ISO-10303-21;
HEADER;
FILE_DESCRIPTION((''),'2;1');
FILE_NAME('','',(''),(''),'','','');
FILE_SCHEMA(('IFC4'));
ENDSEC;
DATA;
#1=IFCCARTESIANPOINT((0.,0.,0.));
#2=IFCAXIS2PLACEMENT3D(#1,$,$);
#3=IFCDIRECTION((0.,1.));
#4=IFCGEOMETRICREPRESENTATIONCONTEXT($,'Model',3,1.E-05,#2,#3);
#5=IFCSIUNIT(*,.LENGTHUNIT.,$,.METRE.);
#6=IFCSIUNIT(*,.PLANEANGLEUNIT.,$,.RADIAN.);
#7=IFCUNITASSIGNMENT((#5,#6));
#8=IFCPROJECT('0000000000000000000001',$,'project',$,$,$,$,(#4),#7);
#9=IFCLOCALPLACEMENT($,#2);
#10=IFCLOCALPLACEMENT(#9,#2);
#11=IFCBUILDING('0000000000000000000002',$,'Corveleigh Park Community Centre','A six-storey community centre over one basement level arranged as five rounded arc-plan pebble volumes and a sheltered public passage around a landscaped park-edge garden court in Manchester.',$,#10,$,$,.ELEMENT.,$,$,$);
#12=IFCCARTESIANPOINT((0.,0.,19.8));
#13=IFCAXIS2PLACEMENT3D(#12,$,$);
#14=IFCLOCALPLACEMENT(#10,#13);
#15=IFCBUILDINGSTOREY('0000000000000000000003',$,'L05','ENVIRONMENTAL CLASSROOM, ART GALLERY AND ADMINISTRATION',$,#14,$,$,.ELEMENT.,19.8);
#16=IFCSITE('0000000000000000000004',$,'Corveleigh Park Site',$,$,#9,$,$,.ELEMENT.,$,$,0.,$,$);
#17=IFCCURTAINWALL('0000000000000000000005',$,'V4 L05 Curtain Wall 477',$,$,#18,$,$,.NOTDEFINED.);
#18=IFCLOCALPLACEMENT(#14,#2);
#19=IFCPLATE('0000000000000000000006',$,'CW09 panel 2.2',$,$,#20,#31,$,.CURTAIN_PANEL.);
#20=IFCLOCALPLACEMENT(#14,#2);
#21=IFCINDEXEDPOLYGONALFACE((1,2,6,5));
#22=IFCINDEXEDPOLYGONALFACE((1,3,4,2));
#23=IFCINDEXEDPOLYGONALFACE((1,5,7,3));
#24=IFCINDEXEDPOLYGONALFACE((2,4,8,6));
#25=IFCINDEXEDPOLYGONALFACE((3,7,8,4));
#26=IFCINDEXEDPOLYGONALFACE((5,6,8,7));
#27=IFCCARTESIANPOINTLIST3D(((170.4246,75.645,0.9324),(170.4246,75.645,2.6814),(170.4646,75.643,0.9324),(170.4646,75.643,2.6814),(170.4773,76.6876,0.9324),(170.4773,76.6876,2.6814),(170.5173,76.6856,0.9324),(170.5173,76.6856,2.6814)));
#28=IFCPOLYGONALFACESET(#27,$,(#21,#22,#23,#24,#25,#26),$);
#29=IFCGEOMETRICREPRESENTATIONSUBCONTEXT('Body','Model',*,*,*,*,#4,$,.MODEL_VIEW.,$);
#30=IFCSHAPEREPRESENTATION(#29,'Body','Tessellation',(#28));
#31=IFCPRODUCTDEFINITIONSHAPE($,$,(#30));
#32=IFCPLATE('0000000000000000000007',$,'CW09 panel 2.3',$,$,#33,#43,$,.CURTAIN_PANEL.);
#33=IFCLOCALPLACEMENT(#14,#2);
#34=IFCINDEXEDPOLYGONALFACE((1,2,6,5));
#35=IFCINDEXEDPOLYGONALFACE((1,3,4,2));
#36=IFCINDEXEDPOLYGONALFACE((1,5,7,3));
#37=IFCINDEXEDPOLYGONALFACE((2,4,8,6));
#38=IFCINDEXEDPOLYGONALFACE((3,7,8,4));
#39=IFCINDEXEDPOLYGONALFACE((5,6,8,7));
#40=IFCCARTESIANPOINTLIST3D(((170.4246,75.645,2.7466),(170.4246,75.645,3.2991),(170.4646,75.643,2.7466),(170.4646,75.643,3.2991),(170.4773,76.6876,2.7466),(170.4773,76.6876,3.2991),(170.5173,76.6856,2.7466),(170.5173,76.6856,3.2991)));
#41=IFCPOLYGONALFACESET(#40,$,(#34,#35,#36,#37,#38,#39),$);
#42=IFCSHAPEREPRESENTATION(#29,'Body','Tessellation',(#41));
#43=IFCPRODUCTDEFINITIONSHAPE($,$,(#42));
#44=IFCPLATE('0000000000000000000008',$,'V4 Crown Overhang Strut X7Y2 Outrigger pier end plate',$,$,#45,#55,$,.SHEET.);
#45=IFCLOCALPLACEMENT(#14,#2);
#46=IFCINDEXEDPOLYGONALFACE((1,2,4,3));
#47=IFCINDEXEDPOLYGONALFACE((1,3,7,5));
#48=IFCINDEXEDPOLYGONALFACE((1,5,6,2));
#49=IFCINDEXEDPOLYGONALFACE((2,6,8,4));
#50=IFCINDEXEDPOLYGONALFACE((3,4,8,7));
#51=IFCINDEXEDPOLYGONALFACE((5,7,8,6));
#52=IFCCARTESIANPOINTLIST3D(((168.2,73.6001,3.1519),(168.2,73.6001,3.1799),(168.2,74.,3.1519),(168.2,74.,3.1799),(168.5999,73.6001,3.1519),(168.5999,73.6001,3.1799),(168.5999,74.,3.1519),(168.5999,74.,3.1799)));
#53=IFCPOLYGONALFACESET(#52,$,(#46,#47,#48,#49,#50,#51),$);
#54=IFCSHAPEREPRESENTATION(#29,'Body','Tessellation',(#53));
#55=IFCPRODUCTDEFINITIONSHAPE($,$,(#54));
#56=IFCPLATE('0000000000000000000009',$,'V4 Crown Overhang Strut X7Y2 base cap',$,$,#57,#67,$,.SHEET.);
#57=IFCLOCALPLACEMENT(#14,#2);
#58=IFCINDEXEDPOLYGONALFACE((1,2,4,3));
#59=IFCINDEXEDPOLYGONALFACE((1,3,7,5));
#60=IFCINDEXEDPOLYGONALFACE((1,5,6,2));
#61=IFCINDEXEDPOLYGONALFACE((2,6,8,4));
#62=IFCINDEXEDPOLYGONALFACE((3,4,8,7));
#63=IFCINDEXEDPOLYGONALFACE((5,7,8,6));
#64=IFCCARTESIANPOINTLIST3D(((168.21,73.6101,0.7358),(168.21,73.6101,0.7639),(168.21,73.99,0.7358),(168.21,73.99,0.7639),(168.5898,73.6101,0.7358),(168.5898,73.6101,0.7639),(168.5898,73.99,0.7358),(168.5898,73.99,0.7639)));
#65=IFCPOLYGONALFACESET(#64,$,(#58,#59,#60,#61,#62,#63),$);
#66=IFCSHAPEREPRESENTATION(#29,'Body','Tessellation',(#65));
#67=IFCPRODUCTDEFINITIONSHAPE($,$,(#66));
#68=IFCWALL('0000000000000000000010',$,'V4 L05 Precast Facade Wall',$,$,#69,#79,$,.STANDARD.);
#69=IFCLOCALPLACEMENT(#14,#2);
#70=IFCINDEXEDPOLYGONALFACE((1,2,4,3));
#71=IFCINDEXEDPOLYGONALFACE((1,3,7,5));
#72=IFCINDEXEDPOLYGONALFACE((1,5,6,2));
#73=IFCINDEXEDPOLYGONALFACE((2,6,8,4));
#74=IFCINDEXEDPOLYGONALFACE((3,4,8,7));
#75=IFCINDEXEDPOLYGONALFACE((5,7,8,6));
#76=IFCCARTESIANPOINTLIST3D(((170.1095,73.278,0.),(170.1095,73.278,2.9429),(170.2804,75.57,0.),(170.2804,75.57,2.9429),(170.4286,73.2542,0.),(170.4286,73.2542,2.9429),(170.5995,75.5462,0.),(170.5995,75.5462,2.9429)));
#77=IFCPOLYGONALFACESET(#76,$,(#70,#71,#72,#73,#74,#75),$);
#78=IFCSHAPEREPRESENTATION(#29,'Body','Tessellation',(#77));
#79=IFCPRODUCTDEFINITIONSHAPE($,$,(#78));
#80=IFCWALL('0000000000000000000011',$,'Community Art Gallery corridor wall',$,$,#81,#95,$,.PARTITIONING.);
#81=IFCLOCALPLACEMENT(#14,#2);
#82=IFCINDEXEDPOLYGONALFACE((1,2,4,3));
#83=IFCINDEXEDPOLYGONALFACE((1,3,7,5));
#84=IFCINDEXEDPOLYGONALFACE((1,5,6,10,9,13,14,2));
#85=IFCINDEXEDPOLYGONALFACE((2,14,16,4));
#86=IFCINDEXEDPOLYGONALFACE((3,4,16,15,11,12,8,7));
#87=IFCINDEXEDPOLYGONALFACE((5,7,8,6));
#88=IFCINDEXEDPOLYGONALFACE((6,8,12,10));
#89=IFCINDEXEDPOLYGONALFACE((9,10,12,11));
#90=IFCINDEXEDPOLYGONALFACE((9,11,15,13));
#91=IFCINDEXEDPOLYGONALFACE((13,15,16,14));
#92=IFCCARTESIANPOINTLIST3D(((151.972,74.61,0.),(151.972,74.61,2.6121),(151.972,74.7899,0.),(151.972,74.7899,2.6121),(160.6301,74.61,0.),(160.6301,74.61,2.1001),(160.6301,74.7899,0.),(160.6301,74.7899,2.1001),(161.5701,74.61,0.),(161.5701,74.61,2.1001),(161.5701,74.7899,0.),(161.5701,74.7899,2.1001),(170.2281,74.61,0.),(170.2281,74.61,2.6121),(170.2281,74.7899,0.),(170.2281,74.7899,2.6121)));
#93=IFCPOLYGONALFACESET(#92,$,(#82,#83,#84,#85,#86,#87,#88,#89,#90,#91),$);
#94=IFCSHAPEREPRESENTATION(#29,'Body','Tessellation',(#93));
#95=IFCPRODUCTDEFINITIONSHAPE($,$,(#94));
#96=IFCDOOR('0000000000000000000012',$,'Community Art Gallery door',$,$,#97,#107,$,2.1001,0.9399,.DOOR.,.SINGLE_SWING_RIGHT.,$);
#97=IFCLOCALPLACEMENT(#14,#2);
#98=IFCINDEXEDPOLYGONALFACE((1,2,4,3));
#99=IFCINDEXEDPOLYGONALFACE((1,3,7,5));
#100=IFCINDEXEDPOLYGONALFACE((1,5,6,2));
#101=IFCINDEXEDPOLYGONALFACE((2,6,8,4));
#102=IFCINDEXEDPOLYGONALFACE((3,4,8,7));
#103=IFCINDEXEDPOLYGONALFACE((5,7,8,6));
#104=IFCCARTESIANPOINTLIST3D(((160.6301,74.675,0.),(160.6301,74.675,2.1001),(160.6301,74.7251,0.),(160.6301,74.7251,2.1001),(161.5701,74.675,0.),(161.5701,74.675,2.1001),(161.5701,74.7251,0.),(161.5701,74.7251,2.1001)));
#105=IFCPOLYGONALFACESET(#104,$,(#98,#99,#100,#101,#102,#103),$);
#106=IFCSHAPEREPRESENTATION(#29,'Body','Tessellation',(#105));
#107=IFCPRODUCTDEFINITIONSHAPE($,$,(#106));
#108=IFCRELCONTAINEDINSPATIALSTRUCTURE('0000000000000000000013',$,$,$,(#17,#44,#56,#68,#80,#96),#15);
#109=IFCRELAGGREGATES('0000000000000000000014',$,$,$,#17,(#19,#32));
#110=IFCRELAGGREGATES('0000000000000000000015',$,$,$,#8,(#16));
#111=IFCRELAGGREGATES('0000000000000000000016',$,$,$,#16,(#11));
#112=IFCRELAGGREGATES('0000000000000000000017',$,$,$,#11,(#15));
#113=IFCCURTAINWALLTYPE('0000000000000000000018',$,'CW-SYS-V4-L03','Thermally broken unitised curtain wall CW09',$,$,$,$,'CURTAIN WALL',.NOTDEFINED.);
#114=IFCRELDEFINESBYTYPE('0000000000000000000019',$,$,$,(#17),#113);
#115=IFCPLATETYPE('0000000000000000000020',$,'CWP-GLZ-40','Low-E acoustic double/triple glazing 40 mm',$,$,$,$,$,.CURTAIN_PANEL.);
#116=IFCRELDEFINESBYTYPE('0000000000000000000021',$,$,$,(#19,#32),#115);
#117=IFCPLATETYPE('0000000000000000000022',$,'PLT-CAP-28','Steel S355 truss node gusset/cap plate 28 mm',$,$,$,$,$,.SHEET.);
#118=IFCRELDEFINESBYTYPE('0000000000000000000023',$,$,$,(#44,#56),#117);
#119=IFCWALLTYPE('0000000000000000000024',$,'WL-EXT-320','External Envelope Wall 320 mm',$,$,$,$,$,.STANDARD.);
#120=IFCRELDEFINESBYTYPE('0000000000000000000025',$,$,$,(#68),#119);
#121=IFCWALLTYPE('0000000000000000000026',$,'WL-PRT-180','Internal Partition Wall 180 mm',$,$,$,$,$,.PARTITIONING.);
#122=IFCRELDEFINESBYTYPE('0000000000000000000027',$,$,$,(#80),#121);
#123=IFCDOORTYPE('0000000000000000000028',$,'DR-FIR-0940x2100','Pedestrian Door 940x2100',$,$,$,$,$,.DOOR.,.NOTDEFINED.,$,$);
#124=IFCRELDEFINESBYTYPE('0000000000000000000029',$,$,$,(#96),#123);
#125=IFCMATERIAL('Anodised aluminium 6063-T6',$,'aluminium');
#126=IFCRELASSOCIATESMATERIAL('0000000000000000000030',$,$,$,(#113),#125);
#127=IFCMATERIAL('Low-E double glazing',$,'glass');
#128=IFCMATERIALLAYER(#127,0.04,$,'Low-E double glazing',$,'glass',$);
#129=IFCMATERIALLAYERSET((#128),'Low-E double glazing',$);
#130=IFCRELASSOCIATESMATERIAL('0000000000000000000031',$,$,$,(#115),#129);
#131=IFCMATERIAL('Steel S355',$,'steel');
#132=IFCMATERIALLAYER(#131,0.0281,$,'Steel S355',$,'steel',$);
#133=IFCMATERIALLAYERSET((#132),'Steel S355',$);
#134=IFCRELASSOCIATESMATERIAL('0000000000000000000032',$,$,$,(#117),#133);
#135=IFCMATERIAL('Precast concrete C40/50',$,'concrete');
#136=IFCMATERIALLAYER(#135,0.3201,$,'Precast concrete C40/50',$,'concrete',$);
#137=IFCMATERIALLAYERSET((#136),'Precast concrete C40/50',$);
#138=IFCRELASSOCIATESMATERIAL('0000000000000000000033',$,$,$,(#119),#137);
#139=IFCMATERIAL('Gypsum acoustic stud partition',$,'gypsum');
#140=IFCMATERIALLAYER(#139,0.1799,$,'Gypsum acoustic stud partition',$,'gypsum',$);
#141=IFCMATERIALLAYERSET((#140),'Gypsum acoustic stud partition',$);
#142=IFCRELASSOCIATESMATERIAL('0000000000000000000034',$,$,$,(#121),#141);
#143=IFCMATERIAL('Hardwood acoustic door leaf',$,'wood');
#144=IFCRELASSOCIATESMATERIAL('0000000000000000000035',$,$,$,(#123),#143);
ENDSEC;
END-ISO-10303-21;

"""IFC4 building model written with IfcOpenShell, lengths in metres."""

from ifc_helpers import new_model, si_unit, direction, frame, frame_2d, origin, origin_2d, place, context, subcontext, project, spatial, rectangle, extrude, material, layer, layer_set, type_object, element, fill, aggregate, save


model = new_model("IFC4")

# Units and contexts
model_context = context("Model", 3, precision=1e-05, world=origin(), true_north=direction((0.0, 1.0)))
body_context = subcontext(model_context, "Body", "Model", "MODEL_VIEW")
ifc_project = project(units=[si_unit("LENGTHUNIT", "METRE"), si_unit("PLANEANGLEUNIT", "RADIAN")], contexts=[model_context])

# Site, building, storey
site_placement = place(None, origin())
site = spatial("IfcSite", under=ifc_project, at=site_placement, Name="Corveleigh Park Site", CompositionType="ELEMENT", RefElevation=0.0)
building_placement = place(site_placement, origin())
building = spatial("IfcBuilding", under=site, at=building_placement, Name="Corveleigh Park Community Centre", Description="A six-storey community centre over one basement level arranged as five rounded arc-plan pebble volumes and a sheltered public passage around a landscaped park-edge garden court in Manchester.", CompositionType="ELEMENT")
storey_placement = place(building_placement, frame((0.0, 0.0, 19.8)))
storey = spatial("IfcBuildingStorey", under=building, at=storey_placement, Name="L05", Description="ENVIRONMENTAL CLASSROOM, ART GALLERY AND ADMINISTRATION", CompositionType="ELEMENT", Elevation=19.8)

# Shared definitions
ifc_material_1 = material(Name="Steel S355", Category="steel")

# Shared definitions
ifc_material_2 = material(Name="Anodised aluminium 6063-T6", Category="aluminium")
curtain_wall_type = type_object("IfcCurtainWallType", Name="CW-SYS-V4-L03", Description="Thermally broken unitised curtain wall CW09", ElementType="CURTAIN WALL", PredefinedType="NOTDEFINED", material=ifc_material_2)

# Curtain wall
curtain_wall_1_placement = place(storey_placement, origin())
curtain_wall_1 = element("IfcCurtainWall", 1, at=curtain_wall_1_placement, inside=storey, type_object=curtain_wall_type, Name="V4 L05 Curtain Wall 477", PredefinedType="NOTDEFINED")

# Plates
ifc_material_3 = material(Name="Low-E double glazing", Category="glass")
ifc_layer_1 = layer(ifc_material_3, 0.04, Name="Low-E double glazing", Category="glass")
ifc_layer_set_1 = layer_set([ifc_layer_1], Name="Low-E double glazing")
plate_type_1 = type_object("IfcPlateType", Name="CWP-GLZ-40", Description="Low-E acoustic double/triple glazing 40 mm", PredefinedType="CURTAIN_PANEL", material=ifc_layer_set_1)
plate_1_placement = place(storey_placement, frame((170.4709, 76.1653, 0.9324), z_axis=(0.0, 0.0, 1.0), x_axis=(-0.05048, -0.998725, 0.0)))
plate_1 = element("IfcPlate", 2, at=plate_1_placement, type_object=plate_type_1, Name="CW09 panel 2.2", PredefinedType="CURTAIN_PANEL", context=body_context, shape_type="SweptSolid", body=[
    extrude(rectangle(XDim=1.0439, YDim=0.04, at=origin_2d()), origin(), (0.0, 0.0, 1.0), 1.749),
])
plate_2_placement = place(storey_placement, frame((170.4709, 76.1653, 2.7466), z_axis=(0.0, 0.0, 1.0), x_axis=(-0.05048, -0.998725, 0.0)))
plate_2 = element("IfcPlate", 3, at=plate_2_placement, type_object=plate_type_1, Name="CW09 panel 2.3", PredefinedType="CURTAIN_PANEL", context=body_context, shape_type="SweptSolid", body=[
    extrude(rectangle(XDim=1.0439, YDim=0.04, at=origin_2d()), origin(), (0.0, 0.0, 1.0), 0.5525),
])
aggregate(curtain_wall_1, [plate_1, plate_2])

# Plates
ifc_layer_2 = layer(ifc_material_1, 0.0281, Name="Steel S355", Category="steel")
ifc_layer_set_2 = layer_set([ifc_layer_2], Name="Steel S355")
plate_type_2 = type_object("IfcPlateType", Name="PLT-CAP-28", Description="Steel S355 truss node gusset/cap plate 28 mm", PredefinedType="SHEET", material=ifc_layer_set_2)
plate_3_placement = place(storey_placement, frame((168.3999, 73.8, 3.1519), z_axis=(0.0, 0.0, 1.0), x_axis=(1.0, 0.0, 0.0)))
element("IfcPlate", 4, at=plate_3_placement, inside=storey, type_object=plate_type_2, Name="V4 Crown Overhang Strut X7Y2 Outrigger pier end plate", PredefinedType="SHEET", context=body_context, shape_type="SweptSolid", body=[
    extrude(rectangle(XDim=0.3999, YDim=0.3999, at=origin_2d()), origin(), (0.0, 0.0, 1.0), 0.0281),
])
plate_4_placement = place(storey_placement, frame((168.3999, 73.8, 0.7358), z_axis=(0.0, 0.0, 1.0), x_axis=(1.0, 0.0, 0.0)))
element("IfcPlate", 5, at=plate_4_placement, inside=storey, type_object=plate_type_2, Name="V4 Crown Overhang Strut X7Y2 base cap", PredefinedType="SHEET", context=body_context, shape_type="SweptSolid", body=[
    extrude(rectangle(XDim=0.3799, YDim=0.3799, at=origin_2d()), origin(), (0.0, 0.0, 1.0), 0.0281),
])

# Wall
ifc_material_4 = material(Name="Precast concrete C40/50", Category="concrete")
ifc_layer_3 = layer(ifc_material_4, 0.3201, Name="Precast concrete C40/50", Category="concrete")
ifc_layer_set_3 = layer_set([ifc_layer_3], Name="Precast concrete C40/50")
wall_type_1 = type_object("IfcWallType", Name="WL-EXT-320", Description="External Envelope Wall 320 mm", PredefinedType="STANDARD", material=ifc_layer_set_3)
wall_1_placement = place(storey_placement, frame((170.4399, 75.5581, 0.0), z_axis=(0.0, 0.0, 1.0), x_axis=(-0.074357, -0.997232, 0.0)))
element("IfcWall", 6, at=wall_1_placement, inside=storey, type_object=wall_type_1, Name="V4 L05 Precast Facade Wall", PredefinedType="STANDARD", context=body_context, shape_type="SweptSolid", body=[
    extrude(rectangle(XDim=2.2983, YDim=0.3201, at=frame_2d((1.1492, 0.0))), origin(), (0.0, 0.0, 1.0), 2.9429),
])

# Wall, opening, door
ifc_material_5 = material(Name="Gypsum acoustic stud partition", Category="gypsum")
ifc_layer_4 = layer(ifc_material_5, 0.1799, Name="Gypsum acoustic stud partition", Category="gypsum")
ifc_layer_set_4 = layer_set([ifc_layer_4], Name="Gypsum acoustic stud partition")
wall_type_2 = type_object("IfcWallType", Name="WL-PRT-180", Description="Internal Partition Wall 180 mm", PredefinedType="PARTITIONING", material=ifc_layer_set_4)
wall_2_placement = place(storey_placement, frame((170.228, 74.7, 0.0), z_axis=(0.0, 0.0, 1.0), x_axis=(-1.0, 0.0, 0.0)))
wall_2 = element("IfcWall", 7, at=wall_2_placement, inside=storey, type_object=wall_type_2, Name="Community Art Gallery corridor wall", PredefinedType="PARTITIONING", context=body_context, shape_type="SweptSolid", body=[
    extrude(rectangle(XDim=18.2561, YDim=0.1799, at=frame_2d((9.1279, 0.0))), origin(), (0.0, 0.0, 1.0), 2.6121),
])
opening_placement = place(wall_2_placement, frame((8.658, 0.0, 0.0)))
opening = element("IfcOpeningElement", 8, at=opening_placement, cuts=wall_2, PredefinedType="OPENING", context=body_context, shape_type="SweptSolid", body=[
    extrude(rectangle(XDim=0.9399, YDim=2.1001, at=frame_2d((0.47, 1.05))), frame((0.0, 0.0999, 0.0), z_axis=(0.0, -1.0, 0.0), x_axis=(1.0, 0.0, 0.0)), (0.0, 0.0, 1.0), 0.2),
])
ifc_material_6 = material(Name="Hardwood acoustic door leaf", Category="wood")
door_type = type_object("IfcDoorType", Name="DR-FIR-0940x2100", Description="Pedestrian Door 940x2100", OperationType="NOTDEFINED", PredefinedType="DOOR", material=ifc_material_6)
door_placement = place(opening_placement, origin())
door = element("IfcDoor", 9, at=door_placement, inside=storey, type_object=door_type, Name="Community Art Gallery door", OperationType="SINGLE_SWING_RIGHT", OverallHeight=2.1001, OverallWidth=0.9399, PredefinedType="DOOR", context=body_context, shape_type="SweptSolid", body=[
    extrude(rectangle(XDim=0.9399, YDim=2.1001, at=frame_2d((0.47, 1.05))), frame((0.0, 0.0249, 0.0), z_axis=(0.0, -1.0, 0.0), x_axis=(1.0, 0.0, 0.0)), (0.0, 0.0, 1.0), 0.05),
])
fill(opening, door)

save(model, "model.ifc")
